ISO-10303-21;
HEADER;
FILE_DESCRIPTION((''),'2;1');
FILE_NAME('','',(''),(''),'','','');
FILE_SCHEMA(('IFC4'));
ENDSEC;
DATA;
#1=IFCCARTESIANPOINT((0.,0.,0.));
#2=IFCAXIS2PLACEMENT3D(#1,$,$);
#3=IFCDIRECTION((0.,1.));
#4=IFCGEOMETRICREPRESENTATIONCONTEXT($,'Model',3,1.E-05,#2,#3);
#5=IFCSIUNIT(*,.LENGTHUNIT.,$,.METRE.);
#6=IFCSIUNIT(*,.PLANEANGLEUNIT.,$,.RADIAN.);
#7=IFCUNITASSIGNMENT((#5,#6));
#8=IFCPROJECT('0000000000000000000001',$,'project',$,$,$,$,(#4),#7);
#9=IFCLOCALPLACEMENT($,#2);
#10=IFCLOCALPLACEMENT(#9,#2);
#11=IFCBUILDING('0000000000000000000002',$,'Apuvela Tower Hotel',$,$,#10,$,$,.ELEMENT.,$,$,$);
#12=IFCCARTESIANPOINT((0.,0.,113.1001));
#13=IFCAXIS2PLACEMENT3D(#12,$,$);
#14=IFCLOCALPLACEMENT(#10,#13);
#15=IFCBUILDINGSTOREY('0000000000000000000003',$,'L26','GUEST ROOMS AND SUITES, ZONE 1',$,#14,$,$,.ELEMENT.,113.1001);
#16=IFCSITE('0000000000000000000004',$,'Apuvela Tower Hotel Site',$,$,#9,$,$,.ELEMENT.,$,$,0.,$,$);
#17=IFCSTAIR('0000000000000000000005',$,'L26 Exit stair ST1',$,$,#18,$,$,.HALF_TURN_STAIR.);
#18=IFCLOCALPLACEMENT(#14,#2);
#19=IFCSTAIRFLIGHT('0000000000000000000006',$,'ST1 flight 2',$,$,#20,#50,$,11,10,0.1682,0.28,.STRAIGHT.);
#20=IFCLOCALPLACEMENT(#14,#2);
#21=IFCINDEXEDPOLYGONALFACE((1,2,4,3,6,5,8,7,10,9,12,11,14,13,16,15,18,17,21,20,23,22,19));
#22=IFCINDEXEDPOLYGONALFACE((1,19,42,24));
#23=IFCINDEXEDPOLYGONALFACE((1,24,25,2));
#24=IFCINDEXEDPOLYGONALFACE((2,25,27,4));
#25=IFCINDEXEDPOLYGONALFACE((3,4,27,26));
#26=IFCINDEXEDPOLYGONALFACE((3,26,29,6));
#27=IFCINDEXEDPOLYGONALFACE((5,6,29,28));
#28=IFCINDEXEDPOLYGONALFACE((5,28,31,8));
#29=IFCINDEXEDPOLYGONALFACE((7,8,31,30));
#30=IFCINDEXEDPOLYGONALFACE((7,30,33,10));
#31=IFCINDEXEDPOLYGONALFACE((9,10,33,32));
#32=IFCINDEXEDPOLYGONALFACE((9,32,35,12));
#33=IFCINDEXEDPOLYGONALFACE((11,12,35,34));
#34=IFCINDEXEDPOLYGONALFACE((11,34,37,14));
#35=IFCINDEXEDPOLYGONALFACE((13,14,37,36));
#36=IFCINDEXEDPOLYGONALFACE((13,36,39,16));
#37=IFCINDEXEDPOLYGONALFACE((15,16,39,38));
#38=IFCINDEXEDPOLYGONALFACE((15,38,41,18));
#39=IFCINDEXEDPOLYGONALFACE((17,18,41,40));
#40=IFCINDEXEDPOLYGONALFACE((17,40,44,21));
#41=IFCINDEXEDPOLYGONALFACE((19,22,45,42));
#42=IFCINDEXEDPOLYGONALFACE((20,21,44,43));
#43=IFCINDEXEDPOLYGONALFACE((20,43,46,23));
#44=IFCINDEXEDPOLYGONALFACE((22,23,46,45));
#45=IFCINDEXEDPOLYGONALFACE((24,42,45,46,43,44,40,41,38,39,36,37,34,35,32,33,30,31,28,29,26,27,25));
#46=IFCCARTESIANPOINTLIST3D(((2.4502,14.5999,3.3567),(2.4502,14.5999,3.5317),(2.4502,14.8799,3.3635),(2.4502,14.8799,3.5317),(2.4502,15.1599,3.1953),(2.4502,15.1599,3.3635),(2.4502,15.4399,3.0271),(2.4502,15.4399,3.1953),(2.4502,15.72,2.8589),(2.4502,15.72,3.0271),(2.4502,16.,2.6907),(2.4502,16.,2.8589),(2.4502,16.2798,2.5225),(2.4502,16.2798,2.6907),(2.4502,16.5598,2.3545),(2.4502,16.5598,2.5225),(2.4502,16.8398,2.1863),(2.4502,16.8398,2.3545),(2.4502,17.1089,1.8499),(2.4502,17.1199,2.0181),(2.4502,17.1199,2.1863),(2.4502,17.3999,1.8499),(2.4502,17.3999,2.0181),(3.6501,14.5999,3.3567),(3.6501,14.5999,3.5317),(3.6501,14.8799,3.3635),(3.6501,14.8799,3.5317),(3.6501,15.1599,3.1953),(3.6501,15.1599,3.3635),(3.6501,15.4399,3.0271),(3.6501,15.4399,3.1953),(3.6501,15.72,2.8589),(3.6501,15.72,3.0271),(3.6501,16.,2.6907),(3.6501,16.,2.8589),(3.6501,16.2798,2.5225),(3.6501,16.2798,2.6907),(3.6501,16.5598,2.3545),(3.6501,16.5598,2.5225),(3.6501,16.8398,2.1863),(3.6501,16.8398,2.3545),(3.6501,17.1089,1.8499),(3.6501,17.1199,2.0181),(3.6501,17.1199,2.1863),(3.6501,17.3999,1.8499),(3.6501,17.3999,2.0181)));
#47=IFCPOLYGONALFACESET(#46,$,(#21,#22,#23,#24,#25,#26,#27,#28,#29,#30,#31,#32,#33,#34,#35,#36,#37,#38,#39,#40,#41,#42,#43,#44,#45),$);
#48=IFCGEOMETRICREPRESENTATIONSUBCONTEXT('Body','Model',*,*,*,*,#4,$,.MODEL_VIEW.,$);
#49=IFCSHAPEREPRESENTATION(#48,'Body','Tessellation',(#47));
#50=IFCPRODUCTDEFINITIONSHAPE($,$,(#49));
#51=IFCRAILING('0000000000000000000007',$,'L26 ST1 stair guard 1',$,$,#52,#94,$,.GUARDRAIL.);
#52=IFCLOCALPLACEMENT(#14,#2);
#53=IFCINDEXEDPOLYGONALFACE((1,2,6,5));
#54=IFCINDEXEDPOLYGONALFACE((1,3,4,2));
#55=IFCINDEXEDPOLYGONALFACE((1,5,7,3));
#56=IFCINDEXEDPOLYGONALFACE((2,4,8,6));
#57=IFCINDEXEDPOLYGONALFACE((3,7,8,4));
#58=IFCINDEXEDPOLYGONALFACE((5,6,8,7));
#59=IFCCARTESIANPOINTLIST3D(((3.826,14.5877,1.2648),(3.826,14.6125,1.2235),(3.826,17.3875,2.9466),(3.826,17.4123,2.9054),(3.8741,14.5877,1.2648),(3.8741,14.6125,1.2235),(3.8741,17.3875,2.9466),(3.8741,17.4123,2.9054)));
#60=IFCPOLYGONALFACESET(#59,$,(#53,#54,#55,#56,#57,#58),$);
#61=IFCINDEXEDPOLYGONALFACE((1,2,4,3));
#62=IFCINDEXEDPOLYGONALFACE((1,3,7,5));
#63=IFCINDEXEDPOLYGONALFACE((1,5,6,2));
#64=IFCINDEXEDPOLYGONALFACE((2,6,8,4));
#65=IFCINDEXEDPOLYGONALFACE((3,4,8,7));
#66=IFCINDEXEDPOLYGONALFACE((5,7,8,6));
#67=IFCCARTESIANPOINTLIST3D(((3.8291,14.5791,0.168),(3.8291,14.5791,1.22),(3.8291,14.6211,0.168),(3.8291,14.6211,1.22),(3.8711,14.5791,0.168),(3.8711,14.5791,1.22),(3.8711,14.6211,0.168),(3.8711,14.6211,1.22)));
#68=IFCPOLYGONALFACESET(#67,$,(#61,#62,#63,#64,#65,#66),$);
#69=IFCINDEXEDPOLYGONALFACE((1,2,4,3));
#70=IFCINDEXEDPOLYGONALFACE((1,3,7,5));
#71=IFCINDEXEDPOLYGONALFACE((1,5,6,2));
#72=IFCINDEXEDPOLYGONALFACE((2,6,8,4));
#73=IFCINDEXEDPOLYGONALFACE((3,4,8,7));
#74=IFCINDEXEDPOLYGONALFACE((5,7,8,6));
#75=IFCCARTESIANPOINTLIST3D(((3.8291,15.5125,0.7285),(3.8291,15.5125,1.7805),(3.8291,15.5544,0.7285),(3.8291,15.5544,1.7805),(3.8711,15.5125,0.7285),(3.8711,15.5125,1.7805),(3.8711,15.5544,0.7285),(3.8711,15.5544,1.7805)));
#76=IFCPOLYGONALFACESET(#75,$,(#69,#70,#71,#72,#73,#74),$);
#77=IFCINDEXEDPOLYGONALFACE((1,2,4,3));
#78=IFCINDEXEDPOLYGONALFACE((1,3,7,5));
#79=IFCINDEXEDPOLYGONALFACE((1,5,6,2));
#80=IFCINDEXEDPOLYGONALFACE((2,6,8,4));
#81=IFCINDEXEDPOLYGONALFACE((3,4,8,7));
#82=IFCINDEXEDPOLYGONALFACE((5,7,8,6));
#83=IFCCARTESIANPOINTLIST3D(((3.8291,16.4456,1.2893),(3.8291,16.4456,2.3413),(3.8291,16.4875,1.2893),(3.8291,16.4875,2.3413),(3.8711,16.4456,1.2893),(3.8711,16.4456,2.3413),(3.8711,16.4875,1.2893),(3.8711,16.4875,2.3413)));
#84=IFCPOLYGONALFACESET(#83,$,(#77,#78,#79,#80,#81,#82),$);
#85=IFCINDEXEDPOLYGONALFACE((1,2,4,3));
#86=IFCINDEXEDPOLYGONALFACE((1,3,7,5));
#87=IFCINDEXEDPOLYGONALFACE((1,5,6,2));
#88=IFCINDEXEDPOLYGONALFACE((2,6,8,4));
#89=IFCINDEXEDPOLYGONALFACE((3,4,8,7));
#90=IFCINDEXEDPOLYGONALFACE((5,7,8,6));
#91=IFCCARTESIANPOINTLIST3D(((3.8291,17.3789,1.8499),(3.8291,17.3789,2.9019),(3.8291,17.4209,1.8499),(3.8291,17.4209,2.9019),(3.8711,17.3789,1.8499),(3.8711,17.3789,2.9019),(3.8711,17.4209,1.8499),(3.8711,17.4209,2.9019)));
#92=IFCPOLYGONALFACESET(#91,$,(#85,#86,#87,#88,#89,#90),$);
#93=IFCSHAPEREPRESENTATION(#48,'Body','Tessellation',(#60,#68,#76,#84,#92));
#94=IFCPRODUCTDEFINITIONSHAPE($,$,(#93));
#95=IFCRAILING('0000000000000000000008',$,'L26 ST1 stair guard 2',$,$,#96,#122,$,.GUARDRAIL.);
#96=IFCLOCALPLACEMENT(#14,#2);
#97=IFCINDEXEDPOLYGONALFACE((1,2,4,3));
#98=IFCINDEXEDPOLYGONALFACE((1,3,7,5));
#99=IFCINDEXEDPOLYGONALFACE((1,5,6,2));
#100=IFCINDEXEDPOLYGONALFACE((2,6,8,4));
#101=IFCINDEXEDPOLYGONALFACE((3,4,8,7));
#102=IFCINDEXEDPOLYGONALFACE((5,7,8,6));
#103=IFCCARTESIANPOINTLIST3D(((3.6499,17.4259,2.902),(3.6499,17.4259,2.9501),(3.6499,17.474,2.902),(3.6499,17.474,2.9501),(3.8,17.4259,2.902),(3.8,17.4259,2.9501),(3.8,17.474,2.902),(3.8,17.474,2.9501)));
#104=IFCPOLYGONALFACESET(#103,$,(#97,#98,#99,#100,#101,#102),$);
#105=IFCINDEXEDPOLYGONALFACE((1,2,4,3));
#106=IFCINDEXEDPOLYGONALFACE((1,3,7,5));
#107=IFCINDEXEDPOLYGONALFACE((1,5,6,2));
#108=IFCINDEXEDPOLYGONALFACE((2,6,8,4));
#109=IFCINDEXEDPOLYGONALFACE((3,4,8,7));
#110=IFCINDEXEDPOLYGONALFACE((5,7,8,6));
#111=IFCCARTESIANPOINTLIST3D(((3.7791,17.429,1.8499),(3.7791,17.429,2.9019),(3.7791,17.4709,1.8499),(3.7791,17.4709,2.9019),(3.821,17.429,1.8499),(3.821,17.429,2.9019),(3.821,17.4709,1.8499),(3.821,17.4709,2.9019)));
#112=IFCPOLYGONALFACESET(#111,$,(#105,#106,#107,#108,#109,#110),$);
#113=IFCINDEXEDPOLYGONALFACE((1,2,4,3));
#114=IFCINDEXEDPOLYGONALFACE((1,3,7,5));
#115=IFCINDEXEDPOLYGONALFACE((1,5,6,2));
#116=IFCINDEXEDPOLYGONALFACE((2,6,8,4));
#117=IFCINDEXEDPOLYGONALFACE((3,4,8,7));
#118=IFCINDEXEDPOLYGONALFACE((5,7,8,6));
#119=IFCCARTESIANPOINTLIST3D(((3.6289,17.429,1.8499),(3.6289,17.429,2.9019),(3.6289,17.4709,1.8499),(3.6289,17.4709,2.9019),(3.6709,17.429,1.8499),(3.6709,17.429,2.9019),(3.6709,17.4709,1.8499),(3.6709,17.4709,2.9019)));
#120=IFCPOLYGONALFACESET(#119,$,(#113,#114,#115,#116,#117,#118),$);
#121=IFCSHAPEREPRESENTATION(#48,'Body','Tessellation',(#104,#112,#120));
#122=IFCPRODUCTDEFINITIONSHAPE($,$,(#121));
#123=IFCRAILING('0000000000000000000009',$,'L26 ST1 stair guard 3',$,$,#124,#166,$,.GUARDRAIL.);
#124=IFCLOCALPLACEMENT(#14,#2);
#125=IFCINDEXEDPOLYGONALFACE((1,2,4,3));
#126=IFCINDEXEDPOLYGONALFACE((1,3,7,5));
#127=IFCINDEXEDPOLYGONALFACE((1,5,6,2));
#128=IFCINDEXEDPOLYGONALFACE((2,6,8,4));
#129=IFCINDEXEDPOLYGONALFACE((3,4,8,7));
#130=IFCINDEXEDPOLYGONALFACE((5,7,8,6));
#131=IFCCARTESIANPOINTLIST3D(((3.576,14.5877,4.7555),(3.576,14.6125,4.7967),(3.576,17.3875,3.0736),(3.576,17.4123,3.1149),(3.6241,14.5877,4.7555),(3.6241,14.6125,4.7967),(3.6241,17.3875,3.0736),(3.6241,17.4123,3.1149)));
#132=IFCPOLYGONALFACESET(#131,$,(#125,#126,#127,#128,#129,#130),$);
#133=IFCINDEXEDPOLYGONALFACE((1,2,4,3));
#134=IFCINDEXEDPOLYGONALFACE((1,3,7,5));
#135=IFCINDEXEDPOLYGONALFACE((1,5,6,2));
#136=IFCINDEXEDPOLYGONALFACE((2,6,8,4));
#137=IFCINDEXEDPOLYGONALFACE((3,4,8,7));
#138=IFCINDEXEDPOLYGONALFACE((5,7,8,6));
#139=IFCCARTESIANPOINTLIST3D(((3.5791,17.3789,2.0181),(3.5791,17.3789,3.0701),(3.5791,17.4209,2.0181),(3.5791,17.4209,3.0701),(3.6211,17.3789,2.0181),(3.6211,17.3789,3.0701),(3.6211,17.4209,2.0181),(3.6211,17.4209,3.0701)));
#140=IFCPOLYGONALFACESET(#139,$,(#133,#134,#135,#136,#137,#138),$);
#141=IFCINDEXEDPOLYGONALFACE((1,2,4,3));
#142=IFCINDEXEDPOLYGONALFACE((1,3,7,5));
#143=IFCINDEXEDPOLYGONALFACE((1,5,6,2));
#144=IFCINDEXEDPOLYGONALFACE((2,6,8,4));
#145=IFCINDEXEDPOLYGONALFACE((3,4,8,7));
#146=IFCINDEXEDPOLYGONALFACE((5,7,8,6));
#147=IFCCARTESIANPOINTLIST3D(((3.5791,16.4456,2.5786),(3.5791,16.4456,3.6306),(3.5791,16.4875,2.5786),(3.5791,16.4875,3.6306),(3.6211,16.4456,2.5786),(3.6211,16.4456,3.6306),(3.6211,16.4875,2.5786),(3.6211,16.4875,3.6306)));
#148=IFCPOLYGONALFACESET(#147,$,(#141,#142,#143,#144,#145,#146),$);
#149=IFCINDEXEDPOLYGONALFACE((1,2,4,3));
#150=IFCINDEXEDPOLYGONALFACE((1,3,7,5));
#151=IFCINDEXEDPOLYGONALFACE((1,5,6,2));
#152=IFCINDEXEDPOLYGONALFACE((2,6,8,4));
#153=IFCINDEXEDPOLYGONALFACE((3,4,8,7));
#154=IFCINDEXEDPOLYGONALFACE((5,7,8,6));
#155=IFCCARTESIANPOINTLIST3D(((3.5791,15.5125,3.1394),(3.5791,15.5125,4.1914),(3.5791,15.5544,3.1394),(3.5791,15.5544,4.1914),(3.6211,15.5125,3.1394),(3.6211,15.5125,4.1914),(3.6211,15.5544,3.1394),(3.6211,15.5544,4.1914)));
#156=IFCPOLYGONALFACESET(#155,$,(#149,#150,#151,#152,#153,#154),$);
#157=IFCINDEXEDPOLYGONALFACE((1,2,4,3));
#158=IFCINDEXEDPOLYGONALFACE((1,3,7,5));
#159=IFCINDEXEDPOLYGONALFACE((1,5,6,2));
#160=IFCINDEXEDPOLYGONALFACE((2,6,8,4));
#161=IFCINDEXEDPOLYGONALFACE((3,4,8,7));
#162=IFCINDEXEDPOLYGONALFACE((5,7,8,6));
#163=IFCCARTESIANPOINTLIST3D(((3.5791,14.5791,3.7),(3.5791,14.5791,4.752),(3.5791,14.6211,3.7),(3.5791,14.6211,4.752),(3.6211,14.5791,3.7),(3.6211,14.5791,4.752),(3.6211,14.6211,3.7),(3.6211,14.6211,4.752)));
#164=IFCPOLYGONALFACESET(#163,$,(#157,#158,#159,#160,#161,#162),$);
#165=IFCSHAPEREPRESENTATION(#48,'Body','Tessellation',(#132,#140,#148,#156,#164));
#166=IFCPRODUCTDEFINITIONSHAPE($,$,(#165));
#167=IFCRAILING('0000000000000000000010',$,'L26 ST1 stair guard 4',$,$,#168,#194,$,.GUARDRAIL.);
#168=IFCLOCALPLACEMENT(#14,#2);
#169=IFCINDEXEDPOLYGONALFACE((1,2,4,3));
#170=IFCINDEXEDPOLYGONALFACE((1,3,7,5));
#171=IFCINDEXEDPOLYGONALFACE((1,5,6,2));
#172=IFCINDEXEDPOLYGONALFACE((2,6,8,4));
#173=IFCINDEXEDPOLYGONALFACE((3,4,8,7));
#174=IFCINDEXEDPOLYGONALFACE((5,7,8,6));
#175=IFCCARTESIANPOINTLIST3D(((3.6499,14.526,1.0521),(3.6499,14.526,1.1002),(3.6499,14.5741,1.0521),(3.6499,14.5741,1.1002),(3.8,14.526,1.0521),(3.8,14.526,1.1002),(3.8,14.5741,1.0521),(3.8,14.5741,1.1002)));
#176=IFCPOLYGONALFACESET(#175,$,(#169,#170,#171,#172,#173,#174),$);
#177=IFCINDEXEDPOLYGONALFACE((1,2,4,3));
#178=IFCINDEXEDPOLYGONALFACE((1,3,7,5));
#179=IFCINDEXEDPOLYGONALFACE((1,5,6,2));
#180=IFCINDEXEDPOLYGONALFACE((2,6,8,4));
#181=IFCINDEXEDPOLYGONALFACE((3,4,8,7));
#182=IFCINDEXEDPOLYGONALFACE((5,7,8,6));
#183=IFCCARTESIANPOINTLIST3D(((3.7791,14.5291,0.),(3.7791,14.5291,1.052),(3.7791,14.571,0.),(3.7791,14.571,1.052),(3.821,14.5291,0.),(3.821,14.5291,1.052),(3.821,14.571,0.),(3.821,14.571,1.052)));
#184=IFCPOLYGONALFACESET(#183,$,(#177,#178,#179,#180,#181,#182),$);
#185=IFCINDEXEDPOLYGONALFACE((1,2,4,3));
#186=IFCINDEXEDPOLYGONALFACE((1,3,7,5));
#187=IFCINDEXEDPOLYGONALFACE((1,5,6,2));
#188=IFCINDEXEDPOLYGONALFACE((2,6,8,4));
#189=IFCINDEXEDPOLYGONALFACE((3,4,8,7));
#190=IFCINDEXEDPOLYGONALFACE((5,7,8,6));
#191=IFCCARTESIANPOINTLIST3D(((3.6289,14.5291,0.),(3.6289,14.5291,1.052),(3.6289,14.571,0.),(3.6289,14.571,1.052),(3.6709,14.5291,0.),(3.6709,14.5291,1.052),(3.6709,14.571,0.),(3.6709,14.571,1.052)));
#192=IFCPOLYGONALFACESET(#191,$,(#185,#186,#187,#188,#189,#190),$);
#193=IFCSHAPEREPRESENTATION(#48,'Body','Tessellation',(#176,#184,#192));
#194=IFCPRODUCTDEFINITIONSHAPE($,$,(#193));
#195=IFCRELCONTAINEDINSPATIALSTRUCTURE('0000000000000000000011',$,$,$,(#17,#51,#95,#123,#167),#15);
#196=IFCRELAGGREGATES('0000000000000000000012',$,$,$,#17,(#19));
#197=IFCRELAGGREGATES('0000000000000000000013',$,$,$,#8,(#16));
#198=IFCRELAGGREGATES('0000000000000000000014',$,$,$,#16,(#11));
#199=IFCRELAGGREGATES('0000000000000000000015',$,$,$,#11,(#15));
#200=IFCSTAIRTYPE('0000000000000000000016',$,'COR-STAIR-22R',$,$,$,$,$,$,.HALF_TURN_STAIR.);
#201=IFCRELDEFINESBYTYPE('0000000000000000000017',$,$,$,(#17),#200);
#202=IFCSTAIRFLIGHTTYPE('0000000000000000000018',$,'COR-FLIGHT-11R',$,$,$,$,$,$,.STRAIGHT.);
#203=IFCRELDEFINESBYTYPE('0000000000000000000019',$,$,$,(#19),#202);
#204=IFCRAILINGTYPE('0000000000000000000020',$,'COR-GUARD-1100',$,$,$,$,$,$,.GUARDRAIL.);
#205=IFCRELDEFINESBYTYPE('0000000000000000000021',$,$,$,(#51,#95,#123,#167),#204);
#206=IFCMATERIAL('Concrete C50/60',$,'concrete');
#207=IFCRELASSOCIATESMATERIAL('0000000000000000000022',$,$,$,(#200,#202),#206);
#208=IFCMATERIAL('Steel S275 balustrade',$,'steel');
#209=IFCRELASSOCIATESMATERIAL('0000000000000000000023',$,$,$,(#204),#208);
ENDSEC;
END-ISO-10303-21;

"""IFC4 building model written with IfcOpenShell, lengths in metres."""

from ifc_helpers import new_model, si_unit, direction, frame, origin, origin_2d, place, context, subcontext, project, spatial, polyline, rectangle, outline, extrude, material, type_object, element, aggregate, save


model = new_model("IFC4")

# Units and contexts
model_context = context("Model", 3, precision=1e-05, world=origin(), true_north=direction((0.0, 1.0)))
body_context = subcontext(model_context, "Body", "Model", "MODEL_VIEW")
ifc_project = project(units=[si_unit("LENGTHUNIT", "METRE"), si_unit("PLANEANGLEUNIT", "RADIAN")], contexts=[model_context])

# Site, building, storey
site_placement = place(None, origin())
site = spatial("IfcSite", under=ifc_project, at=site_placement, Name="Apuvela Tower Hotel Site", CompositionType="ELEMENT", RefElevation=0.0)
building_placement = place(site_placement, origin())
building = spatial("IfcBuilding", under=site, at=building_placement, Name="Apuvela Tower Hotel", CompositionType="ELEMENT")
storey_placement = place(building_placement, frame((0.0, 0.0, 113.1001)))
storey = spatial("IfcBuildingStorey", under=building, at=storey_placement, Name="L26", Description="GUEST ROOMS AND SUITES, ZONE 1", CompositionType="ELEMENT", Elevation=113.1001)

# Shared definitions
ifc_material_1 = material(Name="Concrete C50/60", Category="concrete")

# Stair, stair flight
stair_type = type_object("IfcStairType", Name="COR-STAIR-22R", PredefinedType="HALF_TURN_STAIR", material=ifc_material_1)
stair_placement = place(storey_placement, origin())
stair = element("IfcStair", 1, at=stair_placement, inside=storey, type_object=stair_type, Name="L26 Exit stair ST1", PredefinedType="HALF_TURN_STAIR")
stair_flight_type = type_object("IfcStairFlightType", Name="COR-FLIGHT-11R", PredefinedType="STRAIGHT", material=ifc_material_1)
stair_flight_1_placement = place(storey_placement, frame((3.05, 17.3999, 1.8499), z_axis=(0.0, 0.0, 1.0), x_axis=(0.0, -1.0, 0.0)))
stair_flight_1 = element("IfcStairFlight", 2, at=stair_flight_1_placement, type_object=stair_flight_type, Name="ST1 flight 2", NumberOfRisers=11, NumberOfTreads=10, PredefinedType="STRAIGHT", RiserHeight=0.1682, TreadLength=0.28, context=body_context, shape_type="SweptSolid", body=[
    extrude(outline(polyline([(0.0, 0.0), (0.0, 0.1682), (0.28, 0.1682), (0.28, 0.3364), (0.5601, 0.3364), (0.5601, 0.5046), (0.8401, 0.5046), (0.8401, 0.6726), (1.1201, 0.6726), (1.1201, 0.8408), (1.3999, 0.8408), (1.3999, 1.009), (1.6799, 1.009), (1.6799, 1.1772), (1.96, 1.1772), (1.96, 1.3455), (2.24, 1.3455), (2.24, 1.5137), (2.52, 1.5137), (2.52, 1.6819), (2.8, 1.6819), (2.8, 1.8501), (2.8, 1.5068), (0.291, 0.0), (0.0, 0.0)])), frame((0.0, 0.6001, 0.0), z_axis=(0.0, -1.0, 0.0), x_axis=(1.0, 0.0, 0.0)), (0.0, 0.0, 1.0), 1.2),
])
aggregate(stair, [stair_flight_1])

# Railings
ifc_material_2 = material(Name="Steel S275 balustrade", Category="steel")
railing_type_1 = type_object("IfcRailingType", Name="COR-GUARD-1100", PredefinedType="GUARDRAIL", material=ifc_material_2)
railing_1_placement = place(storey_placement, frame((3.8501, 14.6001, 0.168)))
element("IfcRailing", 3, at=railing_1_placement, inside=storey, type_object=railing_type_1, Name="L26 ST1 stair guard 1", PredefinedType="GUARDRAIL", context=body_context, shape_type="SweptSolid", body=[
    extrude(rectangle(XDim=0.0481, YDim=0.0481, at=origin_2d()), frame((0.0, 0.0, 1.0762), z_axis=(0.0, 0.857222, 0.514946), x_axis=(-1.0, 0.0, 0.0)), (0.0, 0.0, 1.0), 3.2661),
    extrude(rectangle(XDim=0.042, YDim=0.042, at=origin_2d()), origin(), (0.0, 0.0, 1.0), 1.052),
    extrude(rectangle(XDim=0.042, YDim=0.042, at=origin_2d()), frame((0.0, 0.9333, 0.5605)), (0.0, 0.0, 1.0), 1.052),
    extrude(rectangle(XDim=0.042, YDim=0.042, at=origin_2d()), frame((0.0, 1.8665, 1.1213)), (0.0, 0.0, 1.0), 1.052),
    extrude(rectangle(XDim=0.042, YDim=0.042, at=origin_2d()), frame((0.0, 2.7998, 1.6819)), (0.0, 0.0, 1.0), 1.052),
])
railing_2_placement = place(storey_placement, frame((3.8, 17.45, 1.8499)))
element("IfcRailing", 4, at=railing_2_placement, inside=storey, type_object=railing_type_1, Name="L26 ST1 stair guard 2", PredefinedType="GUARDRAIL", context=body_context, shape_type="SweptSolid", body=[
    extrude(rectangle(XDim=0.0481, YDim=0.0481, at=origin_2d()), frame((0.0, 0.0, 1.0762), z_axis=(-1.0, 0.0, 0.0), x_axis=(0.0, -1.0, 0.0)), (0.0, 0.0, 1.0), 0.1501),
    extrude(rectangle(XDim=0.042, YDim=0.042, at=origin_2d()), origin(), (0.0, 0.0, 1.0), 1.052),
    extrude(rectangle(XDim=0.042, YDim=0.042, at=origin_2d()), frame((-0.1501, 0.0, 0.0)), (0.0, 0.0, 1.0), 1.052),
])
railing_3_placement = place(storey_placement, frame((3.6001, 17.3999, 2.0181)))
element("IfcRailing", 5, at=railing_3_placement, inside=storey, type_object=railing_type_1, Name="L26 ST1 stair guard 3", PredefinedType="GUARDRAIL", context=body_context, shape_type="SweptSolid", body=[
    extrude(rectangle(XDim=0.0481, YDim=0.0481, at=origin_2d()), frame((0.0, 0.0, 1.0762), z_axis=(0.0, -0.857222, 0.514946), x_axis=(1.0, 0.0, 0.0)), (0.0, 0.0, 1.0), 3.2661),
    extrude(rectangle(XDim=0.042, YDim=0.042, at=origin_2d()), origin(), (0.0, 0.0, 1.0), 1.052),
    extrude(rectangle(XDim=0.042, YDim=0.042, at=origin_2d()), frame((0.0, -0.9333, 0.5605)), (0.0, 0.0, 1.0), 1.052),
    extrude(rectangle(XDim=0.042, YDim=0.042, at=origin_2d()), frame((0.0, -1.8665, 1.1213)), (0.0, 0.0, 1.0), 1.052),
    extrude(rectangle(XDim=0.042, YDim=0.042, at=origin_2d()), frame((0.0, -2.7998, 1.6819)), (0.0, 0.0, 1.0), 1.052),
])
railing_4_placement = place(storey_placement, frame((3.8, 14.55, 0.0)))
element("IfcRailing", 6, at=railing_4_placement, inside=storey, type_object=railing_type_1, Name="L26 ST1 stair guard 4", PredefinedType="GUARDRAIL", context=body_context, shape_type="SweptSolid", body=[
    extrude(rectangle(XDim=0.0481, YDim=0.0481, at=origin_2d()), frame((0.0, 0.0, 1.0762), z_axis=(-1.0, 0.0, 0.0), x_axis=(0.0, -1.0, 0.0)), (0.0, 0.0, 1.0), 0.1501),
    extrude(rectangle(XDim=0.042, YDim=0.042, at=origin_2d()), origin(), (0.0, 0.0, 1.0), 1.052),
    extrude(rectangle(XDim=0.042, YDim=0.042, at=origin_2d()), frame((-0.1501, 0.0, 0.0)), (0.0, 0.0, 1.0), 1.052),
])

save(model, "model.ifc")
